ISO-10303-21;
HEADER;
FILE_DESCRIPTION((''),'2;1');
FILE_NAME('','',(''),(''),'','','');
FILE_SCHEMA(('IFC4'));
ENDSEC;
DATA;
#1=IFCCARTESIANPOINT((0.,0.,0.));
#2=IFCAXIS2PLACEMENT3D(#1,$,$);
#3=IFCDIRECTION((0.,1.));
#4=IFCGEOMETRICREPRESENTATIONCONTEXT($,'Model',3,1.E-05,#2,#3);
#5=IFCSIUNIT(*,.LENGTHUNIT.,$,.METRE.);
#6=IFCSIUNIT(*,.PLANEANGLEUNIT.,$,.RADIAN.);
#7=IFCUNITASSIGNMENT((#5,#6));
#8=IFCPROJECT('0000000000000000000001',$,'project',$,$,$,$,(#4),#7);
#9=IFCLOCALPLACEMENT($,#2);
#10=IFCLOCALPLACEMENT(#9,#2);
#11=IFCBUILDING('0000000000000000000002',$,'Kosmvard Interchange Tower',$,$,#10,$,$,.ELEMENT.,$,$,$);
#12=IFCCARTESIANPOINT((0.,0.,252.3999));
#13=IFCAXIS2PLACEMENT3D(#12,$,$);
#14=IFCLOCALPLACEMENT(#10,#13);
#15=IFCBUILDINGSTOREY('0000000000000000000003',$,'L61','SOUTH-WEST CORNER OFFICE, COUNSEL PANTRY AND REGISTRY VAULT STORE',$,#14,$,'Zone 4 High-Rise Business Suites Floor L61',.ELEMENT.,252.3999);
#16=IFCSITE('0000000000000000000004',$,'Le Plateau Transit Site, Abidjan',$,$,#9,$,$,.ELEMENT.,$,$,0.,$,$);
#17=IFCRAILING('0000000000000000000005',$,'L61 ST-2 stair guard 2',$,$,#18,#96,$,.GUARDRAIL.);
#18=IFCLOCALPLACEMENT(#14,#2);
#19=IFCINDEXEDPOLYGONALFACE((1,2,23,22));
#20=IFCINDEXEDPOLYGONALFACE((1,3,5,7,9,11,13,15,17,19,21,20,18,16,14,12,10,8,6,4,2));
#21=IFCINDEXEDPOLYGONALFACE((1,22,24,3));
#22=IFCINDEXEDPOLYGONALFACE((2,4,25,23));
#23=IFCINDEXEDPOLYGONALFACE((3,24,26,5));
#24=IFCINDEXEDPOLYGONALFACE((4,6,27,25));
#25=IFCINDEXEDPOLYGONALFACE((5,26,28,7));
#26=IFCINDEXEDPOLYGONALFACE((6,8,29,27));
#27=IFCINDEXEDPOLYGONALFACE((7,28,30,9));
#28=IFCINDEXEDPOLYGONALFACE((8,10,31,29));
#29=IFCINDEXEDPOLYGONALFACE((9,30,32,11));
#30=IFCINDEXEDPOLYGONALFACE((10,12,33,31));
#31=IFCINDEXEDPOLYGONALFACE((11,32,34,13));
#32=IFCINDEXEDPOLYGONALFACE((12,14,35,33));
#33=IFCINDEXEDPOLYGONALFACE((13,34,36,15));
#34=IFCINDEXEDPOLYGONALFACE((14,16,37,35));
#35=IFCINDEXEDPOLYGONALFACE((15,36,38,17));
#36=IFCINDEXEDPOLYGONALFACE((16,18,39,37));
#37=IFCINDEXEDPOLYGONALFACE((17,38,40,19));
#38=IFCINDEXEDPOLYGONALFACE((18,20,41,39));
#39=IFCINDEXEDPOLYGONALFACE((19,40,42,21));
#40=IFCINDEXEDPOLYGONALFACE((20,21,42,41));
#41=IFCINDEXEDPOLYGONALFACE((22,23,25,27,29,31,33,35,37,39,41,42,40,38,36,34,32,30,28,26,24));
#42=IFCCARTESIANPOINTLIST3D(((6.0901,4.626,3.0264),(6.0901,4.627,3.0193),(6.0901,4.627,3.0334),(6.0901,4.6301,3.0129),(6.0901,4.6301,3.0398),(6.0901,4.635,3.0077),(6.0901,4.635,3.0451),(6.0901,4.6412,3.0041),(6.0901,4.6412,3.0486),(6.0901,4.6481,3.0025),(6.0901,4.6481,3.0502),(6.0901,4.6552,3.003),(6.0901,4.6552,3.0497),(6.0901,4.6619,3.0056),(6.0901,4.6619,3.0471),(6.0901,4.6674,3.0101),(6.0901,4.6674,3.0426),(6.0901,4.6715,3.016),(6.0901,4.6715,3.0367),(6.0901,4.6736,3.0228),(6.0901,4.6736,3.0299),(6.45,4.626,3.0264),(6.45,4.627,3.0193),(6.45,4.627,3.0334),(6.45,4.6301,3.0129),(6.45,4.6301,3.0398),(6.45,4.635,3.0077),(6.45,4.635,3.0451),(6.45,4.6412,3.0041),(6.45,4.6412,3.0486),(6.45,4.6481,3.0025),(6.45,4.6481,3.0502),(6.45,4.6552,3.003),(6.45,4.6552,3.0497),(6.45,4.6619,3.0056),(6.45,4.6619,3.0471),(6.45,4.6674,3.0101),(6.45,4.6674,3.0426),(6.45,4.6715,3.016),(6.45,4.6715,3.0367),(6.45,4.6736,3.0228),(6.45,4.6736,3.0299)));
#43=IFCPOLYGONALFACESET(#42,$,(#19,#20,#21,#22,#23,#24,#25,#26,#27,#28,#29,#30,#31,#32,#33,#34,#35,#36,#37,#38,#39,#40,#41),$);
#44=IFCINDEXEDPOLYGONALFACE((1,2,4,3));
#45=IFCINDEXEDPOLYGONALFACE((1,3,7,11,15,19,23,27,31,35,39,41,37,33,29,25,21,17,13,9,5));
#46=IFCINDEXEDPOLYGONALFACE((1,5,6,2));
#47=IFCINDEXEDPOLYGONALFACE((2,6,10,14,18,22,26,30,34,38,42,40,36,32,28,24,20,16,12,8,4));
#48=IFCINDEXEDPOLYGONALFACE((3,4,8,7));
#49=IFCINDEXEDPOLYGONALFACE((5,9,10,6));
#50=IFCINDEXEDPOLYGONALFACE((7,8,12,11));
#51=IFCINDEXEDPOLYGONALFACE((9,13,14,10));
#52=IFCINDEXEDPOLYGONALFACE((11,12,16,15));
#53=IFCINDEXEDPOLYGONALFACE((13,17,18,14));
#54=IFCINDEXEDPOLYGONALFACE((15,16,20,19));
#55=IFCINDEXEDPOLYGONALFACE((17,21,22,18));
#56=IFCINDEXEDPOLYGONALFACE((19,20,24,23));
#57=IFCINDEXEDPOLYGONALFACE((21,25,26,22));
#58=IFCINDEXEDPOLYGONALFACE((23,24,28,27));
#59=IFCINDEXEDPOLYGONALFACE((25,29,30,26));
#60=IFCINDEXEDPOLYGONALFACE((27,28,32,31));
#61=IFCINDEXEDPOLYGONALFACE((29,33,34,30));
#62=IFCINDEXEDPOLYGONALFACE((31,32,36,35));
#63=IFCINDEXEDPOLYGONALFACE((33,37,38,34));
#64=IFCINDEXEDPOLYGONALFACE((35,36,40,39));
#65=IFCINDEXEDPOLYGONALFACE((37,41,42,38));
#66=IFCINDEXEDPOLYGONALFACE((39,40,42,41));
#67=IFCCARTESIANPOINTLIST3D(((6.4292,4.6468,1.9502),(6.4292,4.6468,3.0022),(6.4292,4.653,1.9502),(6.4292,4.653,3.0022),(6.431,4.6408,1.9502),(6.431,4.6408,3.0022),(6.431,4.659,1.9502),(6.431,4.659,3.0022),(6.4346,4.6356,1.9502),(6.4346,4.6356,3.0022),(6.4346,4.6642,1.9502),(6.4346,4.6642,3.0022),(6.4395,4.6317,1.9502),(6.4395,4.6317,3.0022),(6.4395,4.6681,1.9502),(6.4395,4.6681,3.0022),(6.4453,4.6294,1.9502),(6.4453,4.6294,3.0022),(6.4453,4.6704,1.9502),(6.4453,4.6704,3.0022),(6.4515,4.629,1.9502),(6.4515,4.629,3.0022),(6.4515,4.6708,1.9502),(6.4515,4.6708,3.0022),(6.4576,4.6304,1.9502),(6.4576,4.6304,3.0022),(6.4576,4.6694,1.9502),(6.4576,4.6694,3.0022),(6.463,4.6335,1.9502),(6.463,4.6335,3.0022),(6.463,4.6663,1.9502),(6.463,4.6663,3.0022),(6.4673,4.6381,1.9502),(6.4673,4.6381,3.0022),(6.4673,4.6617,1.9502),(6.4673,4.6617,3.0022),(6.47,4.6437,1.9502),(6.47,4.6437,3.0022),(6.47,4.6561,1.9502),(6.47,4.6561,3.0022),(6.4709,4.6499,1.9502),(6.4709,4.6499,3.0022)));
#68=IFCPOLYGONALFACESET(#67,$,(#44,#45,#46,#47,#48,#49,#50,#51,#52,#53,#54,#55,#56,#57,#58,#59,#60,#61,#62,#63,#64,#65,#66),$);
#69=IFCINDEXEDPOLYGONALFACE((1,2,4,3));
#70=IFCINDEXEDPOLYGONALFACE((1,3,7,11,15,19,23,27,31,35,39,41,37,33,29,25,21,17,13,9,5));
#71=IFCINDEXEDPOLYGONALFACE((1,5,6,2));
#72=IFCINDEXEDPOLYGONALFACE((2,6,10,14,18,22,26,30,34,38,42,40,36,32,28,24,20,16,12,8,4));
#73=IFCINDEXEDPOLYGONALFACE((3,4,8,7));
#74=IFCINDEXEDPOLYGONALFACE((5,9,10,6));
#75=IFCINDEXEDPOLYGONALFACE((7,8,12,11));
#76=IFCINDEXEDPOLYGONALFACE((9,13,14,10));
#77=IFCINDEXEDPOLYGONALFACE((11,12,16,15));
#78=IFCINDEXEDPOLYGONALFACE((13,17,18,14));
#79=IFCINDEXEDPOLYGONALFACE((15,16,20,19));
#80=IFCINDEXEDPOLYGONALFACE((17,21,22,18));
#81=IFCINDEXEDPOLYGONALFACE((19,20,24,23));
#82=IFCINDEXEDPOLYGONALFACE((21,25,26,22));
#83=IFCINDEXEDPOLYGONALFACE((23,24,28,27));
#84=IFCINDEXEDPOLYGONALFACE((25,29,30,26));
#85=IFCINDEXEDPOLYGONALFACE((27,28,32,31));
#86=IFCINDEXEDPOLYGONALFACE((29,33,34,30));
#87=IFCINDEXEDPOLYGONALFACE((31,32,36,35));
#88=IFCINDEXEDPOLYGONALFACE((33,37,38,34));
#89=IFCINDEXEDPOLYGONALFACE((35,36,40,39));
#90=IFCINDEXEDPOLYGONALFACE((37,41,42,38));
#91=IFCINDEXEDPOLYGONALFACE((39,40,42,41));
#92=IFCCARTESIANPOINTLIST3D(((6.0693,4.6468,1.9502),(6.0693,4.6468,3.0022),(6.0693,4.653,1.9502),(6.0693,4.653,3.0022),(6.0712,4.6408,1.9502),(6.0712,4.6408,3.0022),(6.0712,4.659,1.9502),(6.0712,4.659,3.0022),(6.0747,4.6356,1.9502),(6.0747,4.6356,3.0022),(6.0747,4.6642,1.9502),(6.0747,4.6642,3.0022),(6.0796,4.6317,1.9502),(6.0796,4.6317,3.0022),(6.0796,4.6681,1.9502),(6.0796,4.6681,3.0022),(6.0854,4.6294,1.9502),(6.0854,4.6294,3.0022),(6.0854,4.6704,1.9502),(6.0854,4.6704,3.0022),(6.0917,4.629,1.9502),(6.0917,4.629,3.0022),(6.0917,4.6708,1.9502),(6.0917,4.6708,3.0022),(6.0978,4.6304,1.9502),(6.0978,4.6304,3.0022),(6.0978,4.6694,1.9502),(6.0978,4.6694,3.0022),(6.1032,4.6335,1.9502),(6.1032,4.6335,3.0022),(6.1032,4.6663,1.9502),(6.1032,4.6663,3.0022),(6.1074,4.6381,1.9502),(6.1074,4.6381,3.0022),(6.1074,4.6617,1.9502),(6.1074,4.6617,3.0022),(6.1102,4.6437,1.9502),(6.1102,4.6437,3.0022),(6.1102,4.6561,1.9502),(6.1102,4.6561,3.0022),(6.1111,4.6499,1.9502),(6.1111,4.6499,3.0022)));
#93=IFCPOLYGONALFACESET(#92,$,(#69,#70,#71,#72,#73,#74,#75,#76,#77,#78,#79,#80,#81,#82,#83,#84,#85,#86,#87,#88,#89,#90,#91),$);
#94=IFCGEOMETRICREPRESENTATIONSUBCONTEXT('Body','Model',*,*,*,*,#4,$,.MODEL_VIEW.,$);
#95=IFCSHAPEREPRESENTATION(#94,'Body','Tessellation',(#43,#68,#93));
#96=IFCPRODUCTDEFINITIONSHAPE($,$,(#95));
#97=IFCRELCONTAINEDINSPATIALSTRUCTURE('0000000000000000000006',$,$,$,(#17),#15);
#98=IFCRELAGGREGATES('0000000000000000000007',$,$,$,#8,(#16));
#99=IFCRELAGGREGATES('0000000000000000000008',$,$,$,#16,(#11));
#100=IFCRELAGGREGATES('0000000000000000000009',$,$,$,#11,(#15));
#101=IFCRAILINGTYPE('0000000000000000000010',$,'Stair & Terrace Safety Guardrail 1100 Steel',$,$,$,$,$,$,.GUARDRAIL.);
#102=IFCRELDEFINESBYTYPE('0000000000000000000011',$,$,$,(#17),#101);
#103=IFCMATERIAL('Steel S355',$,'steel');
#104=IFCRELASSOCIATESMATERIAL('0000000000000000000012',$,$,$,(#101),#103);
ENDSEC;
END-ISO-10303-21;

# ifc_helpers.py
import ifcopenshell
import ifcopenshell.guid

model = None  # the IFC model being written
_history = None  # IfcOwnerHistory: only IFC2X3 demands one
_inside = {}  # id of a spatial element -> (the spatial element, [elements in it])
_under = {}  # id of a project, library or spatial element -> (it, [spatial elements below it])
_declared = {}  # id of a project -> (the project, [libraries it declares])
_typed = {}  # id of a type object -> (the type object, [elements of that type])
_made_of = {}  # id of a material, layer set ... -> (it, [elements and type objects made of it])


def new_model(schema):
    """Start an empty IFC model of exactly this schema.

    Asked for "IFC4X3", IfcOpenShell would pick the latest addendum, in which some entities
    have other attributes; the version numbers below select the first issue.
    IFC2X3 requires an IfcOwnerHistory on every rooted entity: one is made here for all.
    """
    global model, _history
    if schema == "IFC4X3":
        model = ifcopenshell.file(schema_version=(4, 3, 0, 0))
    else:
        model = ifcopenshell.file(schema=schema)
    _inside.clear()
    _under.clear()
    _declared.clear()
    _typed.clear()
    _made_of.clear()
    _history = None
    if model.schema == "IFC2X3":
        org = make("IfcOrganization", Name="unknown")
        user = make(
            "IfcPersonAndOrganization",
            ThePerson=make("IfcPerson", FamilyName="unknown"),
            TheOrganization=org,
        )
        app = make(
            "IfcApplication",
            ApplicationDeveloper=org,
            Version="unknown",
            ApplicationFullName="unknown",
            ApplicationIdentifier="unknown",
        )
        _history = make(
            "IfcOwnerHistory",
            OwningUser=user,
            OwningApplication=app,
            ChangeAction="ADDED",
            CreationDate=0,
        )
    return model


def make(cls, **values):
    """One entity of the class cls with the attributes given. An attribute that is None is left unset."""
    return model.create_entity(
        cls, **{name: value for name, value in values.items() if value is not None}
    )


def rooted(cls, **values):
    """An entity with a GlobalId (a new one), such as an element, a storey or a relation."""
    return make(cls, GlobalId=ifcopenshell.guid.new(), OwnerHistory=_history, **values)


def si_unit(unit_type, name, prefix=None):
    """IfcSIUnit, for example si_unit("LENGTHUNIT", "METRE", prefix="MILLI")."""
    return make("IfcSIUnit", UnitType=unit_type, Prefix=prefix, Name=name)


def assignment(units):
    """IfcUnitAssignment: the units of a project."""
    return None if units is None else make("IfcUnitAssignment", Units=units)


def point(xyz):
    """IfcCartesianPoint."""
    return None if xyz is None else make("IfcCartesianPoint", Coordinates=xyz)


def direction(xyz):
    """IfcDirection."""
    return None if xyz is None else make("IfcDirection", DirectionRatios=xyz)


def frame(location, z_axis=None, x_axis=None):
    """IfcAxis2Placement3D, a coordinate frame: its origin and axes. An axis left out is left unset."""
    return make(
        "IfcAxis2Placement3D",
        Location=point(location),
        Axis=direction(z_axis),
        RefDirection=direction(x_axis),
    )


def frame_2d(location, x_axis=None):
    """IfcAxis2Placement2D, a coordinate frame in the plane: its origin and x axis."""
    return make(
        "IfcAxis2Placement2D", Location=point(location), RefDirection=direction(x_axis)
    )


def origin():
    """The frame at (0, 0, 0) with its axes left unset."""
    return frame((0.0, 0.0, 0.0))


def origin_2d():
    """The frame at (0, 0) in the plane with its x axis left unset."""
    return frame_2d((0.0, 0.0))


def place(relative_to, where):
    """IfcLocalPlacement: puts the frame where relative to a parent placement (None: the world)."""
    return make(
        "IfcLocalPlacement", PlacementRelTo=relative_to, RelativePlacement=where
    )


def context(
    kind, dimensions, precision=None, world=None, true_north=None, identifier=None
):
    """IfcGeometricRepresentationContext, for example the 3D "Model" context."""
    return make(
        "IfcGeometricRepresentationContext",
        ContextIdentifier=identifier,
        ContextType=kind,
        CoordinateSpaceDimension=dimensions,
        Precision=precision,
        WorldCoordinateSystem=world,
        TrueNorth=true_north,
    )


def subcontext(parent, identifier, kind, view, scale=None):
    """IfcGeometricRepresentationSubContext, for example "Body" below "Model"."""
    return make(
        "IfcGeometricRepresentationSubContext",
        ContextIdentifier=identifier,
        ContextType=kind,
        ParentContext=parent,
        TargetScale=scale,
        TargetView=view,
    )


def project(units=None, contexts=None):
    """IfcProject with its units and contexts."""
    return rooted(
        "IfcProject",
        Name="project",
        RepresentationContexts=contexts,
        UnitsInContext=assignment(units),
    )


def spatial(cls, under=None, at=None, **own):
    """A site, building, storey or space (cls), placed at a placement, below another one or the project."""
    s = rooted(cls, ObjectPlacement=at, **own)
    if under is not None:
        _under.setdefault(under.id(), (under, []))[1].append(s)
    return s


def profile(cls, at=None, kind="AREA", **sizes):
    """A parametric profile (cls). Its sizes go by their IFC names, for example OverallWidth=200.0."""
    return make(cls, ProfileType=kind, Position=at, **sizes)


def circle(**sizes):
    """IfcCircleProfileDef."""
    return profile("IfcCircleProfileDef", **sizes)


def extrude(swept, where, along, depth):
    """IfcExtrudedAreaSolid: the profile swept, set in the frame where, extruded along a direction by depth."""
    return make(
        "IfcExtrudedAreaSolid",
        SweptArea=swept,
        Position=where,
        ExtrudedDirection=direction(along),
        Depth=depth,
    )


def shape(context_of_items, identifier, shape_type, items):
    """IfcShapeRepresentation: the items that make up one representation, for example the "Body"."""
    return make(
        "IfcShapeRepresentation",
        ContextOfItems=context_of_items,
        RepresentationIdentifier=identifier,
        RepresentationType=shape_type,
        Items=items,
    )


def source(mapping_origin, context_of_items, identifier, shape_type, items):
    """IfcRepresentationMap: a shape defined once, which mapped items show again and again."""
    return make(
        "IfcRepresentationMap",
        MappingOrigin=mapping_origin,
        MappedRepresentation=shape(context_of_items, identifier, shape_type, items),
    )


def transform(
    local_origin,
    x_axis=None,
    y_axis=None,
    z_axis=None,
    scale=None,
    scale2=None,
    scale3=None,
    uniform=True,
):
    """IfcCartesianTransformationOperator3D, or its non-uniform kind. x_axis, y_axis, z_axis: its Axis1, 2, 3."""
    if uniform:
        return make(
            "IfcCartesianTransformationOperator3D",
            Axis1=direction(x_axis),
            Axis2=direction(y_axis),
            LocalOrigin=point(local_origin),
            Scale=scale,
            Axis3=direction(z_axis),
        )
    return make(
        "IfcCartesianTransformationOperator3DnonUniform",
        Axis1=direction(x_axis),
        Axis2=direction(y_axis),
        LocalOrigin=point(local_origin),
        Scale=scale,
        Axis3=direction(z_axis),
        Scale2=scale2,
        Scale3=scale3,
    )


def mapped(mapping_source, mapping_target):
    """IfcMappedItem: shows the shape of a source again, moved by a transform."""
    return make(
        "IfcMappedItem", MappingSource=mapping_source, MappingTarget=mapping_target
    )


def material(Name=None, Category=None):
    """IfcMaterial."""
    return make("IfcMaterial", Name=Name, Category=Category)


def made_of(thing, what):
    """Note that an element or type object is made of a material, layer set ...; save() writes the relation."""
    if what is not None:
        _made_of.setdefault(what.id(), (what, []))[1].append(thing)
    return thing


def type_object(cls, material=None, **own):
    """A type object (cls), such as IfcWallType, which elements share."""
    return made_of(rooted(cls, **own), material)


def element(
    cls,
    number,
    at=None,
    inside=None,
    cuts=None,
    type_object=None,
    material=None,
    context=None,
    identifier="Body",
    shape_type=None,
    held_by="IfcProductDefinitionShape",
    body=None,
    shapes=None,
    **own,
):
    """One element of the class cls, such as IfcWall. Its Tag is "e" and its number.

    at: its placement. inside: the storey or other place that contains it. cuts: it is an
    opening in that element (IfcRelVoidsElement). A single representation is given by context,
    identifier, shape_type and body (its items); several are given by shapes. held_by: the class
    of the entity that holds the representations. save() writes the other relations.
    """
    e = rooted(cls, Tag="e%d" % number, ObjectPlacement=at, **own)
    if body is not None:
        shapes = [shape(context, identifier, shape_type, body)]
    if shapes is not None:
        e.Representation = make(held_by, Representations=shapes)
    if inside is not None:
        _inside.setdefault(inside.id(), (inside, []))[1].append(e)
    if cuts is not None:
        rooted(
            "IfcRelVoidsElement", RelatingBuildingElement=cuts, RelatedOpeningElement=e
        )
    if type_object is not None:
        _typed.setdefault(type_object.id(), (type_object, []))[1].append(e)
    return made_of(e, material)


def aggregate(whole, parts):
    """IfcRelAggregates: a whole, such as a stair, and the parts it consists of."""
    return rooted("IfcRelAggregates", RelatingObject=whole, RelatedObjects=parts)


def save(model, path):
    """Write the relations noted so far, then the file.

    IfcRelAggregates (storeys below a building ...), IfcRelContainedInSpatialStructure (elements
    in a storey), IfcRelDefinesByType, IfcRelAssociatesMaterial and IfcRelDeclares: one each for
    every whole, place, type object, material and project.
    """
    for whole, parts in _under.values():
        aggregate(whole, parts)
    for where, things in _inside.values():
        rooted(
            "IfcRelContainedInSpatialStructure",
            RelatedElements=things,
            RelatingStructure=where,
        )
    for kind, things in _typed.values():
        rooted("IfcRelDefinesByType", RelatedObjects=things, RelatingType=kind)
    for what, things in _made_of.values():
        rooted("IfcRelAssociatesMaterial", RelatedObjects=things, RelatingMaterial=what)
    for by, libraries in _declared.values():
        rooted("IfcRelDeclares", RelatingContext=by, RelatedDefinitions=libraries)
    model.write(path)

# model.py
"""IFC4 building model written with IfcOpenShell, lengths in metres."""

from ifc_helpers import new_model, si_unit, direction, frame, origin, origin_2d, place, context, subcontext, project, spatial, circle, extrude, source, transform, mapped, material, type_object, element, save


model = new_model("IFC4")

# Units and contexts
model_context = context("Model", 3, precision=1e-05, world=origin(), true_north=direction((0.0, 1.0)))
body_context = subcontext(model_context, "Body", "Model", "MODEL_VIEW")
ifc_project = project(units=[si_unit("LENGTHUNIT", "METRE"), si_unit("PLANEANGLEUNIT", "RADIAN")], contexts=[model_context])

# Site, building, storey
site_placement = place(None, origin())
site = spatial("IfcSite", under=ifc_project, at=site_placement, Name="Le Plateau Transit Site, Abidjan", CompositionType="ELEMENT", RefElevation=0.0)
building_placement = place(site_placement, origin())
building = spatial("IfcBuilding", under=site, at=building_placement, Name="Kosmvard Interchange Tower", CompositionType="ELEMENT")
storey_placement = place(building_placement, frame((0.0, 0.0, 252.3999)))
storey = spatial("IfcBuildingStorey", under=building, at=storey_placement, Name="L61", Description="SOUTH-WEST CORNER OFFICE, COUNSEL PANTRY AND REGISTRY VAULT STORE", LongName="Zone 4 High-Rise Business Suites Floor L61", CompositionType="ELEMENT", Elevation=252.3999)

# Shared definitions
ifc_material_1 = material(Name="Steel S355", Category="steel")

# Railing
railing_type_1 = type_object("IfcRailingType", Name="Stair & Terrace Safety Guardrail 1100 Steel", PredefinedType="GUARDRAIL", material=ifc_material_1)
shared_shape_1 = source(origin(), body_context, "Body", "SweptSolid", [
    extrude(circle(Radius=0.0239, at=origin_2d()), frame((0.0, 0.0, 1.0762), z_axis=(-1.0, 0.0, 0.0), x_axis=(0.0, -1.0, 0.0)), (0.0, 0.0, 1.0), 0.3599),
    extrude(circle(Radius=0.021, at=origin_2d()), origin(), (0.0, 0.0, 1.0), 1.052),
    extrude(circle(Radius=0.021, at=origin_2d()), frame((-0.3599, 0.0, 0.0)), (0.0, 0.0, 1.0), 1.052),
])
railing_1_placement = place(storey_placement, frame((6.45, 4.6499, 1.9502)))
element("IfcRailing", 1, at=railing_1_placement, inside=storey, type_object=railing_type_1, Name="L61 ST-2 stair guard 2", PredefinedType="GUARDRAIL", context=body_context, shape_type="MappedRepresentation", body=[
    mapped(shared_shape_1, transform((0.0, 0.0, 0.0), scale=1.0)),
])

save(model, "model.ifc")
